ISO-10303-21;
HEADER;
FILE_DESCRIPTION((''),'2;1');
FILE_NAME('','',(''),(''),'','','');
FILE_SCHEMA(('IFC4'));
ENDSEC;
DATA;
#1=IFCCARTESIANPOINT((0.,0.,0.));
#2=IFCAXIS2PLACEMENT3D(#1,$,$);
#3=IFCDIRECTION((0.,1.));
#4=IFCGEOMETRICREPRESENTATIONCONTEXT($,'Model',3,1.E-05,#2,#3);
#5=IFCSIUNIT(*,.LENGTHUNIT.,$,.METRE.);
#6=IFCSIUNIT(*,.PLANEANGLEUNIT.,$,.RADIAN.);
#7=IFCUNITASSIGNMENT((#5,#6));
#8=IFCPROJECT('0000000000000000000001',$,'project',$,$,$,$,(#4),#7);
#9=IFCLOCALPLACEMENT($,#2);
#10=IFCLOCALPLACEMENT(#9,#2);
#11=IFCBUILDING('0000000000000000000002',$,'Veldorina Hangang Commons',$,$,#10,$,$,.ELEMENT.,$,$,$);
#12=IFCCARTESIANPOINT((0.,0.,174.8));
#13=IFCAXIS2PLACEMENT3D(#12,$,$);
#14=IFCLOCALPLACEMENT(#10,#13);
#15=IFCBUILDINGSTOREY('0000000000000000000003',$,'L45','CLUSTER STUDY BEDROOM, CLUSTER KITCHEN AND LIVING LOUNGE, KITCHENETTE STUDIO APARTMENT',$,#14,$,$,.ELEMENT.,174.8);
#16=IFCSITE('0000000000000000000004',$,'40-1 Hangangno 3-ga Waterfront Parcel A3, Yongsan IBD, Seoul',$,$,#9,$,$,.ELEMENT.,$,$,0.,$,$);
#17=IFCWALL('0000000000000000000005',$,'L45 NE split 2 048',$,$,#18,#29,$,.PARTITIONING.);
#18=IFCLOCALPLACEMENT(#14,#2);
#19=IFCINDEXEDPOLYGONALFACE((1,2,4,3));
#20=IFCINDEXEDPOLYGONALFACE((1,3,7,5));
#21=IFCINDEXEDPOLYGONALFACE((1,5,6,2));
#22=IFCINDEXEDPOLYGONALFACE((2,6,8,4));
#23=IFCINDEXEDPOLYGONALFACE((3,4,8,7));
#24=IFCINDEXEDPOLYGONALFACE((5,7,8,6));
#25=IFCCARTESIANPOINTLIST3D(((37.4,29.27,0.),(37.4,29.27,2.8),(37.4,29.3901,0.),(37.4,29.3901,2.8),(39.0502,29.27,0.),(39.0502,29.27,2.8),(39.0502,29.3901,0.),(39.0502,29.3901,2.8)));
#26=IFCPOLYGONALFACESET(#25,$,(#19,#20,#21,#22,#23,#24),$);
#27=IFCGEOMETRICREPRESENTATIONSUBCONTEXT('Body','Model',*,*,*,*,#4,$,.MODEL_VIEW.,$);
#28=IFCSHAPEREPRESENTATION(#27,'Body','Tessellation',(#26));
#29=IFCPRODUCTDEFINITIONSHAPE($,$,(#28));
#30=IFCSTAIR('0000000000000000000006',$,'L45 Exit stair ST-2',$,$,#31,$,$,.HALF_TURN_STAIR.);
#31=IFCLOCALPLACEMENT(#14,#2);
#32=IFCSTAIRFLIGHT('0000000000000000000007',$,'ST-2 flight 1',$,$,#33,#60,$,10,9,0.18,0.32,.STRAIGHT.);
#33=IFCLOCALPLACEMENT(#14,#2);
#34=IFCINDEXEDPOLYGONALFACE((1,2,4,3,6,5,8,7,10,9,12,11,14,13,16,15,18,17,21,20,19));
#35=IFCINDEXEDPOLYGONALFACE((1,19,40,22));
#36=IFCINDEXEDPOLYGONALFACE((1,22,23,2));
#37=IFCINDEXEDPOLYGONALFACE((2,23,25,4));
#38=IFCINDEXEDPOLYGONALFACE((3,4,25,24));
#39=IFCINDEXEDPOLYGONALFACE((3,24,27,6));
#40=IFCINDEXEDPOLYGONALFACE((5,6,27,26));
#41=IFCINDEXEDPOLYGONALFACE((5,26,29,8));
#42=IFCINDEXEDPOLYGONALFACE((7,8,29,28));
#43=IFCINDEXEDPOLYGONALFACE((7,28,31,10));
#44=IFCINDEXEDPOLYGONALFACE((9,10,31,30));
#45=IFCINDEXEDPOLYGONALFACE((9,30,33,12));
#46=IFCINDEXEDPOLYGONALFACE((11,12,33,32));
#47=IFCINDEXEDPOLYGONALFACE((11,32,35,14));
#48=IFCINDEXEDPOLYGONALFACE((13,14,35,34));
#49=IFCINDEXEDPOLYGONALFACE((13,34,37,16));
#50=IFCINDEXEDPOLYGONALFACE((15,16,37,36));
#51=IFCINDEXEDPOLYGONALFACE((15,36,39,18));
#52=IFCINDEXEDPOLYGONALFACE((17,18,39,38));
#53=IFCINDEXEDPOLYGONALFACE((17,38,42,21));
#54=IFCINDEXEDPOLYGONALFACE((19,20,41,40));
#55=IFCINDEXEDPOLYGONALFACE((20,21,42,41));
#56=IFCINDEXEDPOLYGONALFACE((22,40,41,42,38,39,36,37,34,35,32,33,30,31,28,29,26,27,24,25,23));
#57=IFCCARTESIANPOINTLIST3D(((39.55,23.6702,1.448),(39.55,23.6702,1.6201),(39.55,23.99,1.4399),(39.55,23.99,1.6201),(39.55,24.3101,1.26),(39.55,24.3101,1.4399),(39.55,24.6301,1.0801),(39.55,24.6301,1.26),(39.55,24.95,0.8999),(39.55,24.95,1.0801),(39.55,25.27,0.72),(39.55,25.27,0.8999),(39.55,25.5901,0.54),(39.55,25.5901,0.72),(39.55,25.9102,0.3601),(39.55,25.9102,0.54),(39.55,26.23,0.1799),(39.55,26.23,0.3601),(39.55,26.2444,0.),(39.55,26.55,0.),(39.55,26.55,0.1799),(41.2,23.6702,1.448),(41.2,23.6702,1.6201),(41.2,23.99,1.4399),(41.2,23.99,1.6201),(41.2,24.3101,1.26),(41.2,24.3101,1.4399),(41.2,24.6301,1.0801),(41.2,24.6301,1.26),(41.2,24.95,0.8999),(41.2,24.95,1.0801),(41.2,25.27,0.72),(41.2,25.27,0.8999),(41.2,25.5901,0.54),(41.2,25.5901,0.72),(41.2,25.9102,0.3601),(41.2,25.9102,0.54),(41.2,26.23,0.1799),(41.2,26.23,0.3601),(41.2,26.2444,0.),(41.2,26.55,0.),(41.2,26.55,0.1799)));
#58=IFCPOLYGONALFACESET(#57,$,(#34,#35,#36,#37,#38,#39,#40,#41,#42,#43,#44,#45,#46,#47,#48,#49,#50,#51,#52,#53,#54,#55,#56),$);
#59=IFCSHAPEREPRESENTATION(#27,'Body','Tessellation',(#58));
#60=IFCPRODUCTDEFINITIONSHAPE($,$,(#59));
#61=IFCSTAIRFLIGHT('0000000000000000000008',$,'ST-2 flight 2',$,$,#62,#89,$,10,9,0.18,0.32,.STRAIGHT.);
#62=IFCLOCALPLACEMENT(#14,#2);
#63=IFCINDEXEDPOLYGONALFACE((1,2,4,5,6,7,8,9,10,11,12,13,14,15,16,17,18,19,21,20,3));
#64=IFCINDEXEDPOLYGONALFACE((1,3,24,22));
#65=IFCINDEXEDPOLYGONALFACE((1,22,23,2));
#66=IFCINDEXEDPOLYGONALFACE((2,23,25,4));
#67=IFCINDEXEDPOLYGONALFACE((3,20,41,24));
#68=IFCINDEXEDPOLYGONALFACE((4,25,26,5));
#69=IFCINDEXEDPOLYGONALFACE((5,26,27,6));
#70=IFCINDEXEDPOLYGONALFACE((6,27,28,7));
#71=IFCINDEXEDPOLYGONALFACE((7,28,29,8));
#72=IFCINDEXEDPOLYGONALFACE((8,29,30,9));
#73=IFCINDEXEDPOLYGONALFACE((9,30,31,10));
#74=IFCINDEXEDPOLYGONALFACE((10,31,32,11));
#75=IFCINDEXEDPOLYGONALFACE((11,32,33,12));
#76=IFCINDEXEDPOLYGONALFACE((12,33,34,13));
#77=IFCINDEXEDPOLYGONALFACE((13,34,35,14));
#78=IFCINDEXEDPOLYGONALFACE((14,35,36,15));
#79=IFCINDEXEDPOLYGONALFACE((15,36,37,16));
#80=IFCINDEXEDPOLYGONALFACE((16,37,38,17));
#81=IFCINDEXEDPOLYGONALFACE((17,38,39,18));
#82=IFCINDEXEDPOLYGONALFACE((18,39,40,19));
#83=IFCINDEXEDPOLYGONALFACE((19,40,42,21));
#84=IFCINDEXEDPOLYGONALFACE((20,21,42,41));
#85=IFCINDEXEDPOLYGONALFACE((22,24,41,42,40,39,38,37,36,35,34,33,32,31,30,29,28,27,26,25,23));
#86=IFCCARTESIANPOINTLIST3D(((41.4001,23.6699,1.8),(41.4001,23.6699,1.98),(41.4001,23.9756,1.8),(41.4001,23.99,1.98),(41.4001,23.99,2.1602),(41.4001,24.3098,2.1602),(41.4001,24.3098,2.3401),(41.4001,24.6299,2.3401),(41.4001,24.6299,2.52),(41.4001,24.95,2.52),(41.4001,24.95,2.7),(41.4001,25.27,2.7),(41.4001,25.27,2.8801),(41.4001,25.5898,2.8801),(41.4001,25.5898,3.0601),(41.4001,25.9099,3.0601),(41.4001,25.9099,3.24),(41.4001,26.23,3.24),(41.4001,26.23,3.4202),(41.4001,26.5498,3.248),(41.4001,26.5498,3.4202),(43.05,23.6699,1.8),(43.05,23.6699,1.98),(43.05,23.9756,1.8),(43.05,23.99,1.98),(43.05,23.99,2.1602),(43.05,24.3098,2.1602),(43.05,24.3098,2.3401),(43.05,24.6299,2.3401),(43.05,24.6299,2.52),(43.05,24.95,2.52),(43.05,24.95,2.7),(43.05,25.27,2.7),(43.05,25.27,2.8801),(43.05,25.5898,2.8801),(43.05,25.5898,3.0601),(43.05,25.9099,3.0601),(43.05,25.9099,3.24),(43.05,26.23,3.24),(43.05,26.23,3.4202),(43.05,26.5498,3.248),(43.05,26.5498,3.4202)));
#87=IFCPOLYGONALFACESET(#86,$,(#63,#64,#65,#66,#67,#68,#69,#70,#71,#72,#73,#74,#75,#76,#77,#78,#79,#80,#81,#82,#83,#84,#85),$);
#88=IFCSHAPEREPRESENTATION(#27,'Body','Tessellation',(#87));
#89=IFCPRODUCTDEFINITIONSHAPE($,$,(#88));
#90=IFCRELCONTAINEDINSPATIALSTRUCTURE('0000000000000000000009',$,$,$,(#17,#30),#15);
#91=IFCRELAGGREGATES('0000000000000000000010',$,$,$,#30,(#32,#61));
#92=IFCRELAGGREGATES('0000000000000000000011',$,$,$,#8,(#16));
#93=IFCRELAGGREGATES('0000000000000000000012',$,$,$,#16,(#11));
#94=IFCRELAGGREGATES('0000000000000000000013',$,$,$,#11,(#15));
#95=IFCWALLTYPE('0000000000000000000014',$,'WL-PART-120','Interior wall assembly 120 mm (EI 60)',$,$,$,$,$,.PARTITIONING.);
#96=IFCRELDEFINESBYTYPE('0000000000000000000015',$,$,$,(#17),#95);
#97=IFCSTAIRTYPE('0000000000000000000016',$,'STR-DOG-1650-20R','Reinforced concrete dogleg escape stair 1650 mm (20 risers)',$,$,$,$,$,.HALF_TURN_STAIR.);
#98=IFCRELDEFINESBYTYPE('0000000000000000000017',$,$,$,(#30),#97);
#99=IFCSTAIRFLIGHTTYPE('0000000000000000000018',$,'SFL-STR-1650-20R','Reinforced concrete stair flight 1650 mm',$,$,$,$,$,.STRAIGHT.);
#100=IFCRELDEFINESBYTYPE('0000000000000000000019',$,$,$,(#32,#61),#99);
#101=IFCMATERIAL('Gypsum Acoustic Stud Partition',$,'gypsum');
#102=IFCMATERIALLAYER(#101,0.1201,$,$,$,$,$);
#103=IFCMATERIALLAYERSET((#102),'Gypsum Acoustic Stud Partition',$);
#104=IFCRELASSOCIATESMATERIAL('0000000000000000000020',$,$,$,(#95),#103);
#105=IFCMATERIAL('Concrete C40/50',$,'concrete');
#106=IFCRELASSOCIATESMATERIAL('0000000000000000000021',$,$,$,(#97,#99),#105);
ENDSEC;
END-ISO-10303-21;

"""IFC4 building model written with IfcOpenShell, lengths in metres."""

from ifc_helpers import new_model, si_unit, direction, frame, frame_2d, origin, place, context, subcontext, project, spatial, polyline, rectangle, outline, extrude, material, layer, layer_set, type_object, element, aggregate, save


model = new_model("IFC4")

# Units and contexts
model_context = context("Model", 3, precision=1e-05, world=origin(), true_north=direction((0.0, 1.0)))
body_context = subcontext(model_context, "Body", "Model", "MODEL_VIEW")
ifc_project = project(units=[si_unit("LENGTHUNIT", "METRE"), si_unit("PLANEANGLEUNIT", "RADIAN")], contexts=[model_context])

# Site, building, storey
site_placement = place(None, origin())
site = spatial("IfcSite", under=ifc_project, at=site_placement, Name="40-1 Hangangno 3-ga Waterfront Parcel A3, Yongsan IBD, Seoul", CompositionType="ELEMENT", RefElevation=0.0)
building_placement = place(site_placement, origin())
building = spatial("IfcBuilding", under=site, at=building_placement, Name="Veldorina Hangang Commons", CompositionType="ELEMENT")
storey_placement = place(building_placement, frame((0.0, 0.0, 174.8)))
storey = spatial("IfcBuildingStorey", under=building, at=storey_placement, Name="L45", Description="CLUSTER STUDY BEDROOM, CLUSTER KITCHEN AND LIVING LOUNGE, KITCHENETTE STUDIO APARTMENT", CompositionType="ELEMENT", Elevation=174.8)

# Shared definitions
ifc_material_1 = material(Name="Gypsum Acoustic Stud Partition", Category="gypsum")
ifc_layer_1 = layer(ifc_material_1, 0.1201)
ifc_layer_set_1 = layer_set([ifc_layer_1], Name="Gypsum Acoustic Stud Partition")
wall_type_1 = type_object("IfcWallType", Name="WL-PART-120", Description="Interior wall assembly 120 mm (EI 60)", PredefinedType="PARTITIONING", material=ifc_layer_set_1)

# Wall
for number, where, z_axis, x_axis, name in (
    (1, (37.3999, 29.3301, 0.0), (0.0, 0.0, 1.0), (1.0, 0.0, 0.0), "L45 NE split 2 048"),
):
    element("IfcWall", number, at=place(storey_placement, frame(where, z_axis=z_axis, x_axis=x_axis)), inside=storey, type_object=wall_type_1, Name=name, PredefinedType="PARTITIONING", context=body_context, shape_type="SweptSolid", body=[
        extrude(rectangle(XDim=1.6501, YDim=0.1201, at=frame_2d((0.8252, 0.0))), origin(), (0.0, 0.0, 1.0), 2.8),
    ])

# Stair, stair flights
ifc_material_2 = material(Name="Concrete C40/50", Category="concrete")
stair_type = type_object("IfcStairType", Name="STR-DOG-1650-20R", Description="Reinforced concrete dogleg escape stair 1650 mm (20 risers)", PredefinedType="HALF_TURN_STAIR", material=ifc_material_2)
stair_placement = place(storey_placement, origin())
stair = element("IfcStair", 2, at=stair_placement, inside=storey, type_object=stair_type, Name="L45 Exit stair ST-2", PredefinedType="HALF_TURN_STAIR")
stair_flight_type = type_object("IfcStairFlightType", Name="SFL-STR-1650-20R", Description="Reinforced concrete stair flight 1650 mm", PredefinedType="STRAIGHT", material=ifc_material_2)
stair_flight_1_placement = place(storey_placement, frame((40.375, 26.55, 0.0), z_axis=(0.0, 0.0, 1.0), x_axis=(0.0, -1.0, 0.0)))
stair_flight_1 = element("IfcStairFlight", 3, at=stair_flight_1_placement, type_object=stair_flight_type, Name="ST-2 flight 1", NumberOfRisers=10, NumberOfTreads=9, PredefinedType="STRAIGHT", RiserHeight=0.18, TreadLength=0.32, context=body_context, shape_type="SweptSolid", body=[
    extrude(outline(polyline([(0.0, 0.0), (0.0, 0.1799), (0.3201, 0.1799), (0.3201, 0.3601), (0.6399, 0.3601), (0.6399, 0.54), (0.96, 0.54), (0.96, 0.72), (1.28, 0.72), (1.28, 0.8999), (1.6001, 0.8999), (1.6001, 1.0801), (1.9199, 1.0801), (1.9199, 1.26), (2.24, 1.26), (2.24, 1.4399), (2.5601, 1.4399), (2.5601, 1.6201), (2.8799, 1.6201), (2.8799, 1.8), (2.8799, 1.448), (0.3057, 0.0), (0.0, 0.0)])), frame((0.0, 0.825, 0.0), z_axis=(0.0, -1.0, 0.0), x_axis=(1.0, 0.0, 0.0)), (0.0, 0.0, 1.0), 1.6499),
])
stair_flight_2_placement = place(storey_placement, frame((42.2251, 23.6699, 1.8), z_axis=(0.0, 0.0, 1.0), x_axis=(0.0, 1.0, 0.0)))
stair_flight_2 = element("IfcStairFlight", 4, at=stair_flight_2_placement, type_object=stair_flight_type, Name="ST-2 flight 2", NumberOfRisers=10, NumberOfTreads=9, PredefinedType="STRAIGHT", RiserHeight=0.18, TreadLength=0.32, context=body_context, shape_type="SweptSolid", body=[
    extrude(outline(polyline([(0.0, 0.0), (0.0, 0.1799), (0.3201, 0.1799), (0.3201, 0.3601), (0.6399, 0.3601), (0.6399, 0.54), (0.96, 0.54), (0.96, 0.72), (1.28, 0.72), (1.28, 0.8999), (1.6001, 0.8999), (1.6001, 1.0801), (1.9199, 1.0801), (1.9199, 1.26), (2.24, 1.26), (2.24, 1.4399), (2.5601, 1.4399), (2.5601, 1.6201), (2.8799, 1.6201), (2.8799, 1.8), (2.8799, 1.448), (0.3057, 0.0), (0.0, 0.0)])), frame((0.0, 0.825, 0.0), z_axis=(0.0, -1.0, 0.0), x_axis=(1.0, 0.0, 0.0)), (0.0, 0.0, 1.0), 1.6499),
])
aggregate(stair, [stair_flight_1, stair_flight_2])

save(model, "model.ifc")
